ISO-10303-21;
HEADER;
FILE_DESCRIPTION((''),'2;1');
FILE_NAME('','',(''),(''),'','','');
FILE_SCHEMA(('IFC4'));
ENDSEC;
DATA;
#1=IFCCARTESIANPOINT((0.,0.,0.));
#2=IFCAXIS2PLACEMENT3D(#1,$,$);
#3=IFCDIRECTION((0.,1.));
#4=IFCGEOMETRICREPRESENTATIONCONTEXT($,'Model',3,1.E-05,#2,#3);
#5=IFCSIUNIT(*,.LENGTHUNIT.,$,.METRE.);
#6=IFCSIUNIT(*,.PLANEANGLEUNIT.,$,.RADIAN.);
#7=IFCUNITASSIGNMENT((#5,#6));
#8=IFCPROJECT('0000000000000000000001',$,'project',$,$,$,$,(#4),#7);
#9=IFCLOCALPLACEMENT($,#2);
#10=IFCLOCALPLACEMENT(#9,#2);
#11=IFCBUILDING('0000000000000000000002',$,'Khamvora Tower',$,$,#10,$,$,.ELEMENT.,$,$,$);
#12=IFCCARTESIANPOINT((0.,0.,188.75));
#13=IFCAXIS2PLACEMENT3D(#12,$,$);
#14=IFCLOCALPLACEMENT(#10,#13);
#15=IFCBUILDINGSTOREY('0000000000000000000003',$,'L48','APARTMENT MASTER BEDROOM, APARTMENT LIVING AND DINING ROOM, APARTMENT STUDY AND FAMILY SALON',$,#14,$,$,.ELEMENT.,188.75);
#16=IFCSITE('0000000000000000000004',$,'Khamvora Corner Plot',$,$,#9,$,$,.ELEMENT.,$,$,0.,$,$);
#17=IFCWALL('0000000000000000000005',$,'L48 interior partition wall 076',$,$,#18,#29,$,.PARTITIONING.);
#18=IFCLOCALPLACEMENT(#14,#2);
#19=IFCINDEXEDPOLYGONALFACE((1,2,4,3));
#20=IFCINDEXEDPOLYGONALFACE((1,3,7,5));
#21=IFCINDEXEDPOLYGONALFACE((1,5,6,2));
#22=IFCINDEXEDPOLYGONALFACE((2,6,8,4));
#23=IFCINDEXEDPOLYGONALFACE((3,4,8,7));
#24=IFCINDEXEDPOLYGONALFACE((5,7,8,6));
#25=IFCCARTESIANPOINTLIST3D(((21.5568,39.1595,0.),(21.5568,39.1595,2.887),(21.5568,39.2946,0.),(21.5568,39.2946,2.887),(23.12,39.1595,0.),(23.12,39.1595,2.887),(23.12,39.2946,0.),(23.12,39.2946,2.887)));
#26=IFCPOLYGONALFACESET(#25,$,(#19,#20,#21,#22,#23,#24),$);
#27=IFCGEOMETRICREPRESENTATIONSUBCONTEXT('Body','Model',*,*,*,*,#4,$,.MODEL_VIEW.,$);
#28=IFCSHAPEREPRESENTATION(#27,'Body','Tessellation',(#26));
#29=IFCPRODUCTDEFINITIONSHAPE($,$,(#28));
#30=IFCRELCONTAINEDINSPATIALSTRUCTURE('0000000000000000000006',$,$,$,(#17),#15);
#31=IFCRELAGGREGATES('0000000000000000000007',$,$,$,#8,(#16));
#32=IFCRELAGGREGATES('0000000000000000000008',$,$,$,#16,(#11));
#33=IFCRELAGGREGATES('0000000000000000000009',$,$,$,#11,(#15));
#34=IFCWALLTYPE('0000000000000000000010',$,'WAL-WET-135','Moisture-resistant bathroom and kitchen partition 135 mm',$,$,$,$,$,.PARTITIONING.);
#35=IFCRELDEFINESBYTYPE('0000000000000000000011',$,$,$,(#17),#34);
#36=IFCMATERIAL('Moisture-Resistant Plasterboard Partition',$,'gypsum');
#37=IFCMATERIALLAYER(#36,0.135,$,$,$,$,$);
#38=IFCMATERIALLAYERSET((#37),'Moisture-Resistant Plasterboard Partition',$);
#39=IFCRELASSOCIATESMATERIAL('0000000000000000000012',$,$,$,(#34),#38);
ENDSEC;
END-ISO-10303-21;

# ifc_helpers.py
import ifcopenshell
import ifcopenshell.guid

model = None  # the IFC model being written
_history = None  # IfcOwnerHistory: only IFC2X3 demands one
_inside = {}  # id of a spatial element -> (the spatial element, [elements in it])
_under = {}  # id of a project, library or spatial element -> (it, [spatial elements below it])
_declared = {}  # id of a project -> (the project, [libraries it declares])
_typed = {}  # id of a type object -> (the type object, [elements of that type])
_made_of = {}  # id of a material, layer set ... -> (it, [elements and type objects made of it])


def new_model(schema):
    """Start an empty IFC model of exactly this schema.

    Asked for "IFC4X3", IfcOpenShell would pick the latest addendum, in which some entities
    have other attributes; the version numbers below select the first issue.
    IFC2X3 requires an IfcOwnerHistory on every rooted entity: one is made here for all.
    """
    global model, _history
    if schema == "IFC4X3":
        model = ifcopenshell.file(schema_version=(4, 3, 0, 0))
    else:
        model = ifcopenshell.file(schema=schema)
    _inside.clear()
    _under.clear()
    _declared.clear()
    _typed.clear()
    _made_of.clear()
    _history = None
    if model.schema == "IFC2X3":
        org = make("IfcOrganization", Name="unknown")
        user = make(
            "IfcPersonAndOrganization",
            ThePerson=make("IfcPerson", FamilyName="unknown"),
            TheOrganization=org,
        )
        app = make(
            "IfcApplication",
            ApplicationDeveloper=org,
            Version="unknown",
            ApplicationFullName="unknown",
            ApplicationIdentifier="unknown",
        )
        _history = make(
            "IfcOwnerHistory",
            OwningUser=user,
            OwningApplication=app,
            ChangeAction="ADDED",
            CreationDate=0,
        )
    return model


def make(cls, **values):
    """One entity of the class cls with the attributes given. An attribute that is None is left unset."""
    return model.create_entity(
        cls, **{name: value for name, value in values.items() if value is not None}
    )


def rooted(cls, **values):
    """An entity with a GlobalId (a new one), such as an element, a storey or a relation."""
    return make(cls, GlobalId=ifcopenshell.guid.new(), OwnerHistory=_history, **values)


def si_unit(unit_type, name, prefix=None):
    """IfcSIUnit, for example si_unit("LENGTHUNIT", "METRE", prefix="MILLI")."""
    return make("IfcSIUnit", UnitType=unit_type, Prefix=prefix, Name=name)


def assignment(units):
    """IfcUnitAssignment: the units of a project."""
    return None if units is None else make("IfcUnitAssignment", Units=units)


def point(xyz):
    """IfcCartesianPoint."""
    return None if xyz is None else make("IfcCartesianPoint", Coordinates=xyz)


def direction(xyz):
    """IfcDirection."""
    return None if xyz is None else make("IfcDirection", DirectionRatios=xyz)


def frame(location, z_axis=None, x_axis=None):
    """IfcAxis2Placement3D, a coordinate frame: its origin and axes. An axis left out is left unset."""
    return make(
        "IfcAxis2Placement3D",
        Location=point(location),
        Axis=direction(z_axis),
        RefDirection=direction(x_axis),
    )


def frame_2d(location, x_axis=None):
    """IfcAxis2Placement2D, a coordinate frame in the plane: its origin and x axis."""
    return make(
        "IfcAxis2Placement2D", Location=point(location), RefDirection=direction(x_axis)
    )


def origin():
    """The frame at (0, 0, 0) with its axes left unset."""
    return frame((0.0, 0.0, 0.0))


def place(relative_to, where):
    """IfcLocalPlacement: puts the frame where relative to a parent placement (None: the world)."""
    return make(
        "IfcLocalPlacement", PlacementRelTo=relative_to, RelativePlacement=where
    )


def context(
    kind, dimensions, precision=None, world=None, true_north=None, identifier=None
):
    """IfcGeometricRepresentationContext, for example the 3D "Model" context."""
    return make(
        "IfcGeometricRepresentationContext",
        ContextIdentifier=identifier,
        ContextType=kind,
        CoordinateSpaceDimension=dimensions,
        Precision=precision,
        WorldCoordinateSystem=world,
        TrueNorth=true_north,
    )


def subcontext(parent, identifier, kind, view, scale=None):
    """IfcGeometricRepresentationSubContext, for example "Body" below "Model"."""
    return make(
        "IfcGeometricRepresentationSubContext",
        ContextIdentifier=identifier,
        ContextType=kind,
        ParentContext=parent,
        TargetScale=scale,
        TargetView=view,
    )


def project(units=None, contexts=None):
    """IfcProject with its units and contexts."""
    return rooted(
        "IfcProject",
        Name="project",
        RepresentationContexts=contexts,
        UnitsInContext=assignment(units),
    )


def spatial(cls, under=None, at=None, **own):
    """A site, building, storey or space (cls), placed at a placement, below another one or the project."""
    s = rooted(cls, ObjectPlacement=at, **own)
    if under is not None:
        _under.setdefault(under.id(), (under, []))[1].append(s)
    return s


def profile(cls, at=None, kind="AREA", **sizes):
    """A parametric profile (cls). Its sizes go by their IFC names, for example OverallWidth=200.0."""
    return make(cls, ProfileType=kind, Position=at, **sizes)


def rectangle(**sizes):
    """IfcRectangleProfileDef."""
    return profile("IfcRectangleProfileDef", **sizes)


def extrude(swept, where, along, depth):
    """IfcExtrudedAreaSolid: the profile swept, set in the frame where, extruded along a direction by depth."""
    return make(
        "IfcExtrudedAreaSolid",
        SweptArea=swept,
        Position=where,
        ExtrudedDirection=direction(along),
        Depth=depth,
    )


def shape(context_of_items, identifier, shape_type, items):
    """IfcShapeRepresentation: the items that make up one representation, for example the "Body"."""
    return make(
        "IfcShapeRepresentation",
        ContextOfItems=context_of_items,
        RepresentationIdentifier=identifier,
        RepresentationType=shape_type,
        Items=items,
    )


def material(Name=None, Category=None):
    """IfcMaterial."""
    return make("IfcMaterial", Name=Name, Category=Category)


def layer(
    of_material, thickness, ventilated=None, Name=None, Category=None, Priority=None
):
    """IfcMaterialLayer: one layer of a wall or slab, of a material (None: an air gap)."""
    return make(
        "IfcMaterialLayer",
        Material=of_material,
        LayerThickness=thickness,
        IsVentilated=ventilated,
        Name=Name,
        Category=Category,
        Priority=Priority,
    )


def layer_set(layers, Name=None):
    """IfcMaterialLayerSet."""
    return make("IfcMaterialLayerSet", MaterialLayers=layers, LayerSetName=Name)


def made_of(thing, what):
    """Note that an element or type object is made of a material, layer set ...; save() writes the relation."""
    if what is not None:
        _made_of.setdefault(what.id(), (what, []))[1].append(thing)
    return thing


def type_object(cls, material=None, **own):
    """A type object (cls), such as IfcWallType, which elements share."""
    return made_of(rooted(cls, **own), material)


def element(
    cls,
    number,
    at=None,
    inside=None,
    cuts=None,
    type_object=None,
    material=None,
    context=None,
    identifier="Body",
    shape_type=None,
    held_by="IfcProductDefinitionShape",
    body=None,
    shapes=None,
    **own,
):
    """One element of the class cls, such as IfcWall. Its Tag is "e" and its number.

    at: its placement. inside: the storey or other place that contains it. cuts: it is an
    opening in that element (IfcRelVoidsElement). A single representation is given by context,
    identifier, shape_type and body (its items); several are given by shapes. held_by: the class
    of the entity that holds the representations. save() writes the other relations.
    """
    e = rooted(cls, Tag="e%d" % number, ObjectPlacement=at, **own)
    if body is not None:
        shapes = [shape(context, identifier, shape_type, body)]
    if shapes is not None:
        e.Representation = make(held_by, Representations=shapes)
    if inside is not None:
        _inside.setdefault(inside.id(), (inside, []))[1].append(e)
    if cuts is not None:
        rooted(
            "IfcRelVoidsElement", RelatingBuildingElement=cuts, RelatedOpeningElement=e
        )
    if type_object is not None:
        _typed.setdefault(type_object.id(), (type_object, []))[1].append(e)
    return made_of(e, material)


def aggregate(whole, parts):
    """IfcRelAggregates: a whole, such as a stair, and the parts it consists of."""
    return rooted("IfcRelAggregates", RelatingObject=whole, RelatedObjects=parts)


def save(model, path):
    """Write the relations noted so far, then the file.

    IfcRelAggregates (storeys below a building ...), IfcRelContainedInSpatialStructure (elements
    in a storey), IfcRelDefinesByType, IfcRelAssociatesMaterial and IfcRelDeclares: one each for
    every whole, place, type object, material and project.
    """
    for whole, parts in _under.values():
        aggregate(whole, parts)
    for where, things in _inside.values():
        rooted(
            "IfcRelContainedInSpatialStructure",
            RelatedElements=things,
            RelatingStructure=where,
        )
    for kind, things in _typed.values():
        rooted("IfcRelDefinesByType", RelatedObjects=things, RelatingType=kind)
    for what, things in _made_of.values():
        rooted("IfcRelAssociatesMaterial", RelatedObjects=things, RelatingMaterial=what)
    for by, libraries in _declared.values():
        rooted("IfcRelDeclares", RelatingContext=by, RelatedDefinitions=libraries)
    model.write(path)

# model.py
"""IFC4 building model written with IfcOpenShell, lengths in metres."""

from ifc_helpers import new_model, si_unit, direction, frame, frame_2d, origin, place, context, subcontext, project, spatial, rectangle, extrude, material, layer, layer_set, type_object, element, save


model = new_model("IFC4")

# Units and contexts
model_context = context("Model", 3, precision=1e-05, world=origin(), true_north=direction((0.0, 1.0)))
body_context = subcontext(model_context, "Body", "Model", "MODEL_VIEW")
ifc_project = project(units=[si_unit("LENGTHUNIT", "METRE"), si_unit("PLANEANGLEUNIT", "RADIAN")], contexts=[model_context])

# Site, building, storey
site_placement = place(None, origin())
site = spatial("IfcSite", under=ifc_project, at=site_placement, Name="Khamvora Corner Plot", CompositionType="ELEMENT", RefElevation=0.0)
building_placement = place(site_placement, origin())
building = spatial("IfcBuilding", under=site, at=building_placement, Name="Khamvora Tower", CompositionType="ELEMENT")
storey_placement = place(building_placement, frame((0.0, 0.0, 188.75)))
storey = spatial("IfcBuildingStorey", under=building, at=storey_placement, Name="L48", Description="APARTMENT MASTER BEDROOM, APARTMENT LIVING AND DINING ROOM, APARTMENT STUDY AND FAMILY SALON", CompositionType="ELEMENT", Elevation=188.75)

# Shared definitions
ifc_material_1 = material(Name="Moisture-Resistant Plasterboard Partition", Category="gypsum")
ifc_layer_1 = layer(ifc_material_1, 0.135)
ifc_layer_set_1 = layer_set([ifc_layer_1], Name="Moisture-Resistant Plasterboard Partition")
wall_type_1 = type_object("IfcWallType", Name="WAL-WET-135", Description="Moisture-resistant bathroom and kitchen partition 135 mm", PredefinedType="PARTITIONING", material=ifc_layer_set_1)

# Wall
wall_1_placement = place(storey_placement, frame((23.1201, 39.2271, 0.0), z_axis=(0.0, 0.0, 1.0), x_axis=(-1.0, 0.0, 0.0)))
element("IfcWall", 1, at=wall_1_placement, inside=storey, type_object=wall_type_1, Name="L48 interior partition wall 076", PredefinedType="PARTITIONING", context=body_context, shape_type="SweptSolid", body=[
    extrude(rectangle(XDim=1.5632, YDim=0.135, at=frame_2d((0.7817, 0.0))), origin(), (0.0, 0.0, 1.0), 2.887),
])

save(model, "model.ifc")
